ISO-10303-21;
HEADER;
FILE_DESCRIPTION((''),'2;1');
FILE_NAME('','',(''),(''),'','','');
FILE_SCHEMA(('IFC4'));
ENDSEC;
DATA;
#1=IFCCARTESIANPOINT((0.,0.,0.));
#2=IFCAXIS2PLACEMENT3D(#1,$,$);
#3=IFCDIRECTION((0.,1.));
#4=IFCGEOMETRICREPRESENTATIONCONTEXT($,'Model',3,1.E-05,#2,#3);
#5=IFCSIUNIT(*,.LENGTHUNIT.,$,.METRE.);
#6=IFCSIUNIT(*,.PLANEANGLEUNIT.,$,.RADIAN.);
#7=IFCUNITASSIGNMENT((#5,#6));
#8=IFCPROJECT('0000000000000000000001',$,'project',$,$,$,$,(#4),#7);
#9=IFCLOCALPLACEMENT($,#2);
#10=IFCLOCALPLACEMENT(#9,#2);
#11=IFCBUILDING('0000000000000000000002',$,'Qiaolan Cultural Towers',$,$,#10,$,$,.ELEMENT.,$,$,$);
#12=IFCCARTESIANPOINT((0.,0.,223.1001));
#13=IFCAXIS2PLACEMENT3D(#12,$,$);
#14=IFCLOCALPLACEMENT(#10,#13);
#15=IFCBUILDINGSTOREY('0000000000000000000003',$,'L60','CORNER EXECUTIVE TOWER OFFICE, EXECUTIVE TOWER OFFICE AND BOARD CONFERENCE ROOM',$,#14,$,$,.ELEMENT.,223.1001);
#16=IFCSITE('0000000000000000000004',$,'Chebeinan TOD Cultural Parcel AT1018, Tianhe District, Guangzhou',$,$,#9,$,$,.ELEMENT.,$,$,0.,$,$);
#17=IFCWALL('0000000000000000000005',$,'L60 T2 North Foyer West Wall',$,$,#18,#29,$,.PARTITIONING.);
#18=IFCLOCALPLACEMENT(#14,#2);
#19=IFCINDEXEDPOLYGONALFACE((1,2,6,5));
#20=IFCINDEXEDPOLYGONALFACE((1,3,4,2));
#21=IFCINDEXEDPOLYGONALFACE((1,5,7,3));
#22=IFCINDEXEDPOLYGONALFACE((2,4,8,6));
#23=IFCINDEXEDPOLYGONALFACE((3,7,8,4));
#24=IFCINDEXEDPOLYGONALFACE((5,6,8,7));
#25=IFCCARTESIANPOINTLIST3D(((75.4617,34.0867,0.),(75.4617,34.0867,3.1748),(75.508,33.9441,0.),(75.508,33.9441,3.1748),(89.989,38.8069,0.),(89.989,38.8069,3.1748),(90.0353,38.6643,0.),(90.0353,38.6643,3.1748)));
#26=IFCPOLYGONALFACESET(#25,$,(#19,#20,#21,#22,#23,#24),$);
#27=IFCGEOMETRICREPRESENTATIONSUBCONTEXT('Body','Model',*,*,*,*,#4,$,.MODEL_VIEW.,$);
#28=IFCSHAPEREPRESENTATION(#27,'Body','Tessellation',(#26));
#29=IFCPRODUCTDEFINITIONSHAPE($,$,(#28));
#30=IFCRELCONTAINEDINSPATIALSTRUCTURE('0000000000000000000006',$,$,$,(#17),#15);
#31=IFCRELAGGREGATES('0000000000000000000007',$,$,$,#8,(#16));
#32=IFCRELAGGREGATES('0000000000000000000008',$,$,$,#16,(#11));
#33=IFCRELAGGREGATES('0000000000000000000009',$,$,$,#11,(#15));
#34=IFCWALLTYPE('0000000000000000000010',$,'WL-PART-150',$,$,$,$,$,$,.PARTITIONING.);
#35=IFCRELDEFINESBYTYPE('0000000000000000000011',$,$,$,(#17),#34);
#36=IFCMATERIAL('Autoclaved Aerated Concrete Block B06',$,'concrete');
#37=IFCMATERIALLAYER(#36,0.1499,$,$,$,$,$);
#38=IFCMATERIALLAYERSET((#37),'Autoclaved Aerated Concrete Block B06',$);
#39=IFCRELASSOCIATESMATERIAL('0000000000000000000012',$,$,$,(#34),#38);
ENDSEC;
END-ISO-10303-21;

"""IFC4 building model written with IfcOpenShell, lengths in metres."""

from ifc_helpers import new_model, si_unit, direction, frame, frame_2d, origin, place, context, subcontext, project, spatial, rectangle, extrude, material, layer, layer_set, type_object, element, save


model = new_model("IFC4")

# Units and contexts
model_context = context("Model", 3, precision=1e-05, world=origin(), true_north=direction((0.0, 1.0)))
body_context = subcontext(model_context, "Body", "Model", "MODEL_VIEW")
ifc_project = project(units=[si_unit("LENGTHUNIT", "METRE"), si_unit("PLANEANGLEUNIT", "RADIAN")], contexts=[model_context])

# Site, building, storey
site_placement = place(None, origin())
site = spatial("IfcSite", under=ifc_project, at=site_placement, Name="Chebeinan TOD Cultural Parcel AT1018, Tianhe District, Guangzhou", CompositionType="ELEMENT", RefElevation=0.0)
building_placement = place(site_placement, origin())
building = spatial("IfcBuilding", under=site, at=building_placement, Name="Qiaolan Cultural Towers", CompositionType="ELEMENT")
storey_placement = place(building_placement, frame((0.0, 0.0, 223.1001)))
storey = spatial("IfcBuildingStorey", under=building, at=storey_placement, Name="L60", Description="CORNER EXECUTIVE TOWER OFFICE, EXECUTIVE TOWER OFFICE AND BOARD CONFERENCE ROOM", CompositionType="ELEMENT", Elevation=223.1001)

# Shared definitions
ifc_material_1 = material(Name="Autoclaved Aerated Concrete Block B06", Category="concrete")
ifc_layer_1 = layer(ifc_material_1, 0.1499)
ifc_layer_set_1 = layer_set([ifc_layer_1], Name="Autoclaved Aerated Concrete Block B06")
wall_type_1 = type_object("IfcWallType", Name="WL-PART-150", PredefinedType="PARTITIONING", material=ifc_layer_set_1)

# Wall
wall_1_placement = place(storey_placement, frame((75.4849, 34.0154, 0.0), z_axis=(0.0, 0.0, 1.0), x_axis=(0.951057, 0.309017, 0.0)))
element("IfcWall", 1, at=wall_1_placement, inside=storey, type_object=wall_type_1, Name="L60 T2 North Foyer West Wall", PredefinedType="PARTITIONING", context=body_context, shape_type="SweptSolid", body=[
    extrude(rectangle(XDim=15.2749, YDim=0.1499, at=frame_2d((7.6375, 0.0))), origin(), (0.0, 0.0, 1.0), 3.1748),
])

save(model, "model.ifc")
